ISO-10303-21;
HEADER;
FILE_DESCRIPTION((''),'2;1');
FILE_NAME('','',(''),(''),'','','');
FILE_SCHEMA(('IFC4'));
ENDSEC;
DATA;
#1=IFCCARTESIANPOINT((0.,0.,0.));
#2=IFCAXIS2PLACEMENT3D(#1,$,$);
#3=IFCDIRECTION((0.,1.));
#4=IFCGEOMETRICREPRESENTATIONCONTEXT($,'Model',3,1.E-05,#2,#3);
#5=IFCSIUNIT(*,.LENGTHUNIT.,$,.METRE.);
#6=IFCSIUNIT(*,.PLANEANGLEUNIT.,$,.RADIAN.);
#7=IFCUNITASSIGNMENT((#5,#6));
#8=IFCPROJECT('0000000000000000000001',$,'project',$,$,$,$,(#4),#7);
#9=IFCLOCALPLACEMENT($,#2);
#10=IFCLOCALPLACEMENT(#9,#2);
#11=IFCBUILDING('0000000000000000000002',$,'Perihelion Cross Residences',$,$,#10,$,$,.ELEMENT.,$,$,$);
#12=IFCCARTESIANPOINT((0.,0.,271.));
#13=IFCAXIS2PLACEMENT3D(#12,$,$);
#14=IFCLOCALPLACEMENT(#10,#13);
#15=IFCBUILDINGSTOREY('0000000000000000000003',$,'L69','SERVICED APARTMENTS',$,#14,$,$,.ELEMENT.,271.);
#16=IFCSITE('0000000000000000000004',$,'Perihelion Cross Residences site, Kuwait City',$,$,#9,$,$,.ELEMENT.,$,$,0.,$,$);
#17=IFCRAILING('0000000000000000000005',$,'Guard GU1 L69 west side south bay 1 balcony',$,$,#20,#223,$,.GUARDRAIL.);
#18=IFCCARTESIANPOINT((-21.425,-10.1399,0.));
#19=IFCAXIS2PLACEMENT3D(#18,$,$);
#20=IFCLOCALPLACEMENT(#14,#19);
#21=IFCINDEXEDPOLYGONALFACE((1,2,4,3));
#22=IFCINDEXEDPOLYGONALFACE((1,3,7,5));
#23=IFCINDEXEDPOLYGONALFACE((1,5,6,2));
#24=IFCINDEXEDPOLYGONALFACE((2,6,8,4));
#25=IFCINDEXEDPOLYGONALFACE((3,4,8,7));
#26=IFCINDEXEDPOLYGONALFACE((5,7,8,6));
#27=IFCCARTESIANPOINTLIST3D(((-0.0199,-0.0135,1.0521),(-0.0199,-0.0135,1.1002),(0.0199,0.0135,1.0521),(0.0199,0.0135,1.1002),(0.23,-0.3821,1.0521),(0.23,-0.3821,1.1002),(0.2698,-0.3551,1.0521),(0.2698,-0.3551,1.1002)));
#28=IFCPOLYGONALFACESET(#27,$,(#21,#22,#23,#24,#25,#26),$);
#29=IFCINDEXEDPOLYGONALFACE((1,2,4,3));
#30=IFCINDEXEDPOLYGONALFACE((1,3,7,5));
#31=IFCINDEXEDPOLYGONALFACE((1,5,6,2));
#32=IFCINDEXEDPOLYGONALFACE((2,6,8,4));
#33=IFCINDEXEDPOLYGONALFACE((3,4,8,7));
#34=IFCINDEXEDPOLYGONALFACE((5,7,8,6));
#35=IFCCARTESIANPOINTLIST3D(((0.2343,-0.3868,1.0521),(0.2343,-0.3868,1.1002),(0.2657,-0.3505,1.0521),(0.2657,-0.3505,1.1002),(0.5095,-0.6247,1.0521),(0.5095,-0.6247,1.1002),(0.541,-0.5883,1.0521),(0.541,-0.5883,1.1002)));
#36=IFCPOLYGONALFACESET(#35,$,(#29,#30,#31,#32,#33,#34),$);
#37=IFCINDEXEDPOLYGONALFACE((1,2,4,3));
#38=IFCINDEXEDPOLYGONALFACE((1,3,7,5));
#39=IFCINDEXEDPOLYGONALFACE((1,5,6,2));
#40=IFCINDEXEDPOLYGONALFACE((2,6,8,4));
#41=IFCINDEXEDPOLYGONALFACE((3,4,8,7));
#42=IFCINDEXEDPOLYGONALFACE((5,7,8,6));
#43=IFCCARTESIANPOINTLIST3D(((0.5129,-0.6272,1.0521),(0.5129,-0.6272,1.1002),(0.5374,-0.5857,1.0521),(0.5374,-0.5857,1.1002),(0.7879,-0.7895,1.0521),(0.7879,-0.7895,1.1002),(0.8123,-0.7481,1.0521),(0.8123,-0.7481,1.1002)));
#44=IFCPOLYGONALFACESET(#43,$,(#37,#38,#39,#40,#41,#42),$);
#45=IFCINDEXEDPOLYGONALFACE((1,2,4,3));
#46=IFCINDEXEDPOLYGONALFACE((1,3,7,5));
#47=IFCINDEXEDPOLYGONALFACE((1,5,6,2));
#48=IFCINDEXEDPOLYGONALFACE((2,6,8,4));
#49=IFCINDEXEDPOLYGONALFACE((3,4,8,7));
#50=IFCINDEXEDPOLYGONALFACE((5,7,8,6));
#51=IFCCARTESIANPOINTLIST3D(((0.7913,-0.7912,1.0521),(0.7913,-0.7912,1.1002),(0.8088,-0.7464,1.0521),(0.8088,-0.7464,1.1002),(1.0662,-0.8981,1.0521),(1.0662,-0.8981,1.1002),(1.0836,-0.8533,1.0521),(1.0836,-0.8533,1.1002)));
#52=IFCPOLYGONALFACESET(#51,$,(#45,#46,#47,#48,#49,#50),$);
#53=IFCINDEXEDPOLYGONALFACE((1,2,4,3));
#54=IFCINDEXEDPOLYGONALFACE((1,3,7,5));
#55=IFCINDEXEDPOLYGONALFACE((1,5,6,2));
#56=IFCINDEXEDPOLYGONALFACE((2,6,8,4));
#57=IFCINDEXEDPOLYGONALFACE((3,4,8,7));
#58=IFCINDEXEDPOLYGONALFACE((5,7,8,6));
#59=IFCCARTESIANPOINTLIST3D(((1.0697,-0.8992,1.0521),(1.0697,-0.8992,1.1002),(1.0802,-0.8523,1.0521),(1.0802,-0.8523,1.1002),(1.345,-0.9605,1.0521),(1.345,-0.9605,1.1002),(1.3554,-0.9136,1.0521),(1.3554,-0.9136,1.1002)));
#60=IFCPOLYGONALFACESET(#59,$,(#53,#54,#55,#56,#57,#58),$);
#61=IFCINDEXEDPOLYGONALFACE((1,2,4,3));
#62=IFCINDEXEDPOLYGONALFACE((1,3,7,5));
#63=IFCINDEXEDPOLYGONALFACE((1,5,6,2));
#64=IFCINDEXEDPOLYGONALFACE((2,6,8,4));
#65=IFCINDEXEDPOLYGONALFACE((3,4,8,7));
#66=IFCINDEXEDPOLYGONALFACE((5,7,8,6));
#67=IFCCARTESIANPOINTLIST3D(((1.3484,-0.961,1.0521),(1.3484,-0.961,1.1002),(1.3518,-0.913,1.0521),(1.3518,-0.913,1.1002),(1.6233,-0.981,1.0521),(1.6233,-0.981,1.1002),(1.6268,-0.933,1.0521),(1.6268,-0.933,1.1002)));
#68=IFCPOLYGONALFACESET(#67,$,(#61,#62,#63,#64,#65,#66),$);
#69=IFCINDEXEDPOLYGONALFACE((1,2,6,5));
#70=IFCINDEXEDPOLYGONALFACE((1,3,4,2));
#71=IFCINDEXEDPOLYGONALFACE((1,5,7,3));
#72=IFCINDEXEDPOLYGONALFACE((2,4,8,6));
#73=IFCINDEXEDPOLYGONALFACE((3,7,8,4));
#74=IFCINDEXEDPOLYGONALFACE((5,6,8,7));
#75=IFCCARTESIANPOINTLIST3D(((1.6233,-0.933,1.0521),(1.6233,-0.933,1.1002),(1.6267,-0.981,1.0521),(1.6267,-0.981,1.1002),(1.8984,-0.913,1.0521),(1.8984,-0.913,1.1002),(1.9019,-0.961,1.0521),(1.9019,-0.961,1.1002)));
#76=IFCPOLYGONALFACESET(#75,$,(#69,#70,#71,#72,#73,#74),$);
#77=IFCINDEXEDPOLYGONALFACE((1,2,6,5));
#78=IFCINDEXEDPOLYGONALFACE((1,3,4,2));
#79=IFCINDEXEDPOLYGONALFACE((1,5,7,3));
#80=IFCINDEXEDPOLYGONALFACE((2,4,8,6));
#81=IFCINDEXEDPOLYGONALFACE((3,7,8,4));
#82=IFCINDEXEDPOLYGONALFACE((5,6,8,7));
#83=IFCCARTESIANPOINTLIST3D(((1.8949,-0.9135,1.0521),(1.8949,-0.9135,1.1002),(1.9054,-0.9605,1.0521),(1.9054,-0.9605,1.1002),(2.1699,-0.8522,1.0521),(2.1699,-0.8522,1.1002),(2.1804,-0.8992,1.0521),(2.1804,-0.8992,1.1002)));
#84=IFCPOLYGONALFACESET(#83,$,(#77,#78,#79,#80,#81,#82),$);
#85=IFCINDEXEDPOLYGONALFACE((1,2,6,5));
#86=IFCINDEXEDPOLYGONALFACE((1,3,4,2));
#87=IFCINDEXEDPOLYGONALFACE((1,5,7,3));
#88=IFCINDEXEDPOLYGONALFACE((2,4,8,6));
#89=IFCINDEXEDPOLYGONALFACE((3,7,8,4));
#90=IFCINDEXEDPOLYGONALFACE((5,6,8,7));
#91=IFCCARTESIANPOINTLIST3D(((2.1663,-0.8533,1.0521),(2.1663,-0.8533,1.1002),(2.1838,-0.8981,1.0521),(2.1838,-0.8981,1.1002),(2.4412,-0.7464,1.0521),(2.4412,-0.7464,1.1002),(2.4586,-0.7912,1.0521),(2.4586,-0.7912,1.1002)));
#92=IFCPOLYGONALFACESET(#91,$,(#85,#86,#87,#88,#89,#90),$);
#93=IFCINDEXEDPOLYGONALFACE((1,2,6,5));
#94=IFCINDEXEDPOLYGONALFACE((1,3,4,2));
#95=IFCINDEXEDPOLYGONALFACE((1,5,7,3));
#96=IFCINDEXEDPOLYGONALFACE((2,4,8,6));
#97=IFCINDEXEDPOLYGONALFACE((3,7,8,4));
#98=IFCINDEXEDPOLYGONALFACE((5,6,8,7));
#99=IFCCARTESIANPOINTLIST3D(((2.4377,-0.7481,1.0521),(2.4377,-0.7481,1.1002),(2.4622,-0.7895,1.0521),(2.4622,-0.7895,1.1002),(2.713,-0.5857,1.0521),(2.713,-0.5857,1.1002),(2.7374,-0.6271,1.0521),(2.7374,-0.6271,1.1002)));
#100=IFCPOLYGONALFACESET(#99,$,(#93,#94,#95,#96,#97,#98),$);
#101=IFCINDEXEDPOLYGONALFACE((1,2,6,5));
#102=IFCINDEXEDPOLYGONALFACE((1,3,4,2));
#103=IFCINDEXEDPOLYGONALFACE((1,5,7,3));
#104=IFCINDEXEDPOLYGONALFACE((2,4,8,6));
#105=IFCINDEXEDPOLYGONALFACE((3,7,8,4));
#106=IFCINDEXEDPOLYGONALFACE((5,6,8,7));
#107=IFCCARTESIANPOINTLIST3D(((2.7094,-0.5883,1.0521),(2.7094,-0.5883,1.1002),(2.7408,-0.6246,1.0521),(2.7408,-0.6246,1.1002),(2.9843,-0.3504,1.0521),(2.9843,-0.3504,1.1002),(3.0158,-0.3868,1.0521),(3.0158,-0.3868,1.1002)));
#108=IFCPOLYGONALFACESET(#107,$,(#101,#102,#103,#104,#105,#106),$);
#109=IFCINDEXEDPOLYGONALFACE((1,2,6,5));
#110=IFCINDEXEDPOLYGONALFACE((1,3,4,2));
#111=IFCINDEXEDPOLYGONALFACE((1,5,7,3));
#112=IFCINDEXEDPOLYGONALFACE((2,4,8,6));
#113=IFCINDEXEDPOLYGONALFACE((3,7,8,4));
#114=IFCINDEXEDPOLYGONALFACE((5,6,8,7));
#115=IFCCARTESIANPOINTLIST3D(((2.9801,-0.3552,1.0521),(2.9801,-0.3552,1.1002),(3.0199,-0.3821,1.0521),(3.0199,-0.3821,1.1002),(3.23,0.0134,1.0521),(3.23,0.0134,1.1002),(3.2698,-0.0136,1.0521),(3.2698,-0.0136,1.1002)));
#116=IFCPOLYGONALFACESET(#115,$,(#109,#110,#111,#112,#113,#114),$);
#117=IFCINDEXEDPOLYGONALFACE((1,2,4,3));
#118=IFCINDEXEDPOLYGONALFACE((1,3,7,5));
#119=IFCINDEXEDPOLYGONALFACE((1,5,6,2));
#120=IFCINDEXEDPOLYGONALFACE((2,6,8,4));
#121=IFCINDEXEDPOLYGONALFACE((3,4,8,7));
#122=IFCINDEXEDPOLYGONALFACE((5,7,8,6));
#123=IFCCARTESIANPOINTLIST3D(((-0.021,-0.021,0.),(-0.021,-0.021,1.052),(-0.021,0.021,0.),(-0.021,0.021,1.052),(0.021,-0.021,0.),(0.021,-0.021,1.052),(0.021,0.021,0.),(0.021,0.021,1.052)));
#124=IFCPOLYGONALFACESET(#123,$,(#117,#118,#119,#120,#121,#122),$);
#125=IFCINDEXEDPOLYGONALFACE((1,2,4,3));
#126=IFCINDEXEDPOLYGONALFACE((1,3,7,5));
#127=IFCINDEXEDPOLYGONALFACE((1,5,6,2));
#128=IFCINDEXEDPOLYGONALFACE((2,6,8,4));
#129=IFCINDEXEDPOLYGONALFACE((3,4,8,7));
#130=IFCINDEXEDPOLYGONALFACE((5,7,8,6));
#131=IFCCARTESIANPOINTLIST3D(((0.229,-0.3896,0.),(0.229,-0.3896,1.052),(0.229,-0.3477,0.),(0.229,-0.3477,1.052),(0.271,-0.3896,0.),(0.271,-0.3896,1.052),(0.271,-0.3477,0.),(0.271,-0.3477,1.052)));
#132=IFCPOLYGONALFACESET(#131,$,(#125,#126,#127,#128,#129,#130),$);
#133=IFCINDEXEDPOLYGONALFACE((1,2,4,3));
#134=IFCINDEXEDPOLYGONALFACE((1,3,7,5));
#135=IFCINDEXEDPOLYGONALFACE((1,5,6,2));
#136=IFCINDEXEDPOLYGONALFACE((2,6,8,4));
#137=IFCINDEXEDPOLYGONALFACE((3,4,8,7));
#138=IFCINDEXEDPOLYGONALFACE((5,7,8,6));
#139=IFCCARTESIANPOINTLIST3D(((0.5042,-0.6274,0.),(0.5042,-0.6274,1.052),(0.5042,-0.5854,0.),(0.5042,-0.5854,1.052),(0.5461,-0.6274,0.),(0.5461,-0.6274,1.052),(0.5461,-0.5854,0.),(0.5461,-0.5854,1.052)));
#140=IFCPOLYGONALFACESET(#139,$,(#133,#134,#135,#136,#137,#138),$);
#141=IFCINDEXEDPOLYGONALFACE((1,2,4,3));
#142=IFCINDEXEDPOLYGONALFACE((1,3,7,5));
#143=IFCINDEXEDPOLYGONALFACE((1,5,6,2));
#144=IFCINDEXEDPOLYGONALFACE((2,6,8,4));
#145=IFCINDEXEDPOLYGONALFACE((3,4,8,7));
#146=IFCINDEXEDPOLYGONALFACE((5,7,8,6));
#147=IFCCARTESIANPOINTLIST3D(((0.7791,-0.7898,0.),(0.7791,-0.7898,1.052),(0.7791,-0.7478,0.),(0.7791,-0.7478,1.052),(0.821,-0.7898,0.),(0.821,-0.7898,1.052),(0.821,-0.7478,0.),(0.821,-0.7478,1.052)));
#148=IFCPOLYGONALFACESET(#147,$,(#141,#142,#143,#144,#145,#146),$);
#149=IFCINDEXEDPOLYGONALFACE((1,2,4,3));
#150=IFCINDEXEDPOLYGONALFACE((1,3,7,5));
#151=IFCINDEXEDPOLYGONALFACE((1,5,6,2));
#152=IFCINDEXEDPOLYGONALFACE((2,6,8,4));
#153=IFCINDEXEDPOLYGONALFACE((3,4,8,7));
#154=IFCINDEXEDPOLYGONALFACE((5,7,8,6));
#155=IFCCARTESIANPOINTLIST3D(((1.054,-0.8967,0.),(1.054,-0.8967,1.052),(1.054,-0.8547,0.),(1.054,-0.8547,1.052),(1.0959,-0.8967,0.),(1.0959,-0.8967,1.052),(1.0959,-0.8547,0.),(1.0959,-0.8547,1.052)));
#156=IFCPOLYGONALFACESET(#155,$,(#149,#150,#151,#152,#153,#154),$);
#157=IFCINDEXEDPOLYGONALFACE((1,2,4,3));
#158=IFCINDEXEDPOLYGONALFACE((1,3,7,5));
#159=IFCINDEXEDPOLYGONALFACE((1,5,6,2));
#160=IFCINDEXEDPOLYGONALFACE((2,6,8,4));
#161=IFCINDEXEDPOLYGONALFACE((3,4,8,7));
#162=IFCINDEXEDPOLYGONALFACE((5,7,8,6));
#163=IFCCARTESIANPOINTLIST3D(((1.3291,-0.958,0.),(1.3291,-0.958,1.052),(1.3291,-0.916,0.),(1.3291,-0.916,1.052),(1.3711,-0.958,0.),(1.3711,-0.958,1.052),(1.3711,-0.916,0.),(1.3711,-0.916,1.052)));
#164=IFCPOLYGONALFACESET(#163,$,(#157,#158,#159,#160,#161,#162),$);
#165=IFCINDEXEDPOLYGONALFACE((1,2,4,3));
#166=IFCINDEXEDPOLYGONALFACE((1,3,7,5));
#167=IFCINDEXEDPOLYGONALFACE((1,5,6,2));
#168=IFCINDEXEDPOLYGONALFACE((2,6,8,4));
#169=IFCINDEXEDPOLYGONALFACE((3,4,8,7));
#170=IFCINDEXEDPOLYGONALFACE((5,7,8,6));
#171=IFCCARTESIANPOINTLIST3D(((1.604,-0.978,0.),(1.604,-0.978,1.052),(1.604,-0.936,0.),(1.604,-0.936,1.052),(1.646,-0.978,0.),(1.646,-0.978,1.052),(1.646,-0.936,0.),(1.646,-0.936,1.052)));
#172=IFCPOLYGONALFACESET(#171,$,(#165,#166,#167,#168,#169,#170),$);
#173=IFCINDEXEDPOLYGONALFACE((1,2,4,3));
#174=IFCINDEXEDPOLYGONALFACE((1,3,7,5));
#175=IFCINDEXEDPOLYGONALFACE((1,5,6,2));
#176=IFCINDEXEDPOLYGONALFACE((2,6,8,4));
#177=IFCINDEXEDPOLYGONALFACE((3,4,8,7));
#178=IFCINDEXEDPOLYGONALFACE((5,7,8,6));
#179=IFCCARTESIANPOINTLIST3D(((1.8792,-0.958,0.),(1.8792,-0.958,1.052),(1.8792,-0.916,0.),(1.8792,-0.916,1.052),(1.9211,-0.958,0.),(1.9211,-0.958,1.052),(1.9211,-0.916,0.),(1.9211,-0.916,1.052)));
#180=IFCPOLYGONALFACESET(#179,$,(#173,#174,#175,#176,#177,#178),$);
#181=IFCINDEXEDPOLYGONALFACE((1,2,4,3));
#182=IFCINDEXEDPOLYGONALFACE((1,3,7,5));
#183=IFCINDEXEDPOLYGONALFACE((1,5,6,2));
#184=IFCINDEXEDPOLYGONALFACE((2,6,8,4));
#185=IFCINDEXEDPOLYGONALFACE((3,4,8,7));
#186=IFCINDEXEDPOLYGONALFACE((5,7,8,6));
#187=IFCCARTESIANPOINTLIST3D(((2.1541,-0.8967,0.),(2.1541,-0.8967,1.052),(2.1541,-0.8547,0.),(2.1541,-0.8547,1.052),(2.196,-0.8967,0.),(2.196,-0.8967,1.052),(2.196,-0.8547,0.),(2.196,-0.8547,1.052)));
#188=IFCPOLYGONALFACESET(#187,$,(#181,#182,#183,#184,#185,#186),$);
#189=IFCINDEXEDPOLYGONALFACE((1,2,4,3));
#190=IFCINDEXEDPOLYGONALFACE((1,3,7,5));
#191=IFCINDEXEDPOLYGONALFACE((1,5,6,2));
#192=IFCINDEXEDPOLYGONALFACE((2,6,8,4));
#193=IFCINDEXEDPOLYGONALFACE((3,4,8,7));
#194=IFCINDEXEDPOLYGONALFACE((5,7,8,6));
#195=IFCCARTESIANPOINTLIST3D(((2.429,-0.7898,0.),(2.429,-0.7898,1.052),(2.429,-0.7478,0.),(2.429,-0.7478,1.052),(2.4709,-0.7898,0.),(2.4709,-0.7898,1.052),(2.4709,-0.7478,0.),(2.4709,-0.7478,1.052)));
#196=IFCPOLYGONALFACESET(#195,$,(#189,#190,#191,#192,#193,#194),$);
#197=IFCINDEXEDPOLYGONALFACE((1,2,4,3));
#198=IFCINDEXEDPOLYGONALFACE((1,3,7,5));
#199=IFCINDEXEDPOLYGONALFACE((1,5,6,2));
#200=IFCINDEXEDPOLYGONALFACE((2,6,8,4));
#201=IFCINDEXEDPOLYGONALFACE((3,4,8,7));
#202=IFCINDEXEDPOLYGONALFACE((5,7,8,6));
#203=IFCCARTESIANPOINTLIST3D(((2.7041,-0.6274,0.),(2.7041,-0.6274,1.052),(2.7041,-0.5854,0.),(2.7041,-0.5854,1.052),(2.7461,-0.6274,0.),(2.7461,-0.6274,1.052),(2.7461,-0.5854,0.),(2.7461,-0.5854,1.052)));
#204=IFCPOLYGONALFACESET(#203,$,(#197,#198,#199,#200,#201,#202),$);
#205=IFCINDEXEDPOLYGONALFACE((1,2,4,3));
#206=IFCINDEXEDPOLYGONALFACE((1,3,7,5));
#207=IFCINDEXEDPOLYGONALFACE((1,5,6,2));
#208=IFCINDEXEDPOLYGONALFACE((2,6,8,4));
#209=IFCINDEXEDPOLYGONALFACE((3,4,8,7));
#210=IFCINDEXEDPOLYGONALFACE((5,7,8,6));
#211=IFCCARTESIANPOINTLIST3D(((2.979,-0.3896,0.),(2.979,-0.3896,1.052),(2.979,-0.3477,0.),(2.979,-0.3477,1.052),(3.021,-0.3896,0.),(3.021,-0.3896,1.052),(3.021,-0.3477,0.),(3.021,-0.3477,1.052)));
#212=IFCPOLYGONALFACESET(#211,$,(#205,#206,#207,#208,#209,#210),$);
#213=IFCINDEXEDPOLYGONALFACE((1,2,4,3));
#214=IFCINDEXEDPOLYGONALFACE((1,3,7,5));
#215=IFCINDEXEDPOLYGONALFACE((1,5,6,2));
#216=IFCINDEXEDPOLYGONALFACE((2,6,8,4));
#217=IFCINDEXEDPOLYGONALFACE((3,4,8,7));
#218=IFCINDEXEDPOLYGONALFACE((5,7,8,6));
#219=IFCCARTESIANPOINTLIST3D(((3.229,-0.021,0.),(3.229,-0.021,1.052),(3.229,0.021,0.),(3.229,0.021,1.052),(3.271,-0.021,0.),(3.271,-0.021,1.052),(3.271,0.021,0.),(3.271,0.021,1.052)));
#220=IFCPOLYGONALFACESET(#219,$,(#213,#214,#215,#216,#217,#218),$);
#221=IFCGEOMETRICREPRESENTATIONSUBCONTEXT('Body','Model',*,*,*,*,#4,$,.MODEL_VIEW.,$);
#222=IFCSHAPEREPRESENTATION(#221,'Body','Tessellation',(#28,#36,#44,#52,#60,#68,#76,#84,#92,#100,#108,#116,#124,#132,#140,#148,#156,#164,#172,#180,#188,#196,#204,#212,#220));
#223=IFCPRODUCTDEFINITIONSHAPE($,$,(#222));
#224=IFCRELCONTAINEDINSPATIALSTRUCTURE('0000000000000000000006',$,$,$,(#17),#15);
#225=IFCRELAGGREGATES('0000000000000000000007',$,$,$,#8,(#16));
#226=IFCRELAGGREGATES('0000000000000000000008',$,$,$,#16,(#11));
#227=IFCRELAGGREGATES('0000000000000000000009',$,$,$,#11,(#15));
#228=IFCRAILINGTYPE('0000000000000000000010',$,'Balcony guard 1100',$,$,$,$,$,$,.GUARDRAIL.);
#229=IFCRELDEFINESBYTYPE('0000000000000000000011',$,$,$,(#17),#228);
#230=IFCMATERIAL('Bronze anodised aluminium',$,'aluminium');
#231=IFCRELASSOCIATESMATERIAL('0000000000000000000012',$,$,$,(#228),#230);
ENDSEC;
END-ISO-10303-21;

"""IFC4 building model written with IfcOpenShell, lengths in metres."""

from ifc_helpers import new_model, si_unit, direction, frame, origin, origin_2d, place, context, subcontext, project, spatial, rectangle, extrude, material, type_object, element, save


model = new_model("IFC4")

# Units and contexts
model_context = context("Model", 3, precision=1e-05, world=origin(), true_north=direction((0.0, 1.0)))
body_context = subcontext(model_context, "Body", "Model", "MODEL_VIEW")
ifc_project = project(units=[si_unit("LENGTHUNIT", "METRE"), si_unit("PLANEANGLEUNIT", "RADIAN")], contexts=[model_context])

# Site, building, storey
site_placement = place(None, origin())
site = spatial("IfcSite", under=ifc_project, at=site_placement, Name="Perihelion Cross Residences site, Kuwait City", CompositionType="ELEMENT", RefElevation=0.0)
building_placement = place(site_placement, origin())
building = spatial("IfcBuilding", under=site, at=building_placement, Name="Perihelion Cross Residences", CompositionType="ELEMENT")
storey_placement = place(building_placement, frame((0.0, 0.0, 271.0)))
storey = spatial("IfcBuildingStorey", under=building, at=storey_placement, Name="L69", Description="SERVICED APARTMENTS", CompositionType="ELEMENT", Elevation=271.0)

# Railing
ifc_material_1 = material(Name="Bronze anodised aluminium", Category="aluminium")
railing_type_1 = type_object("IfcRailingType", Name="Balcony guard 1100", PredefinedType="GUARDRAIL", material=ifc_material_1)
railing_1_placement = place(storey_placement, frame((-21.425, -10.1399, 0.0)))
element("IfcRailing", 1, at=railing_1_placement, inside=storey, type_object=railing_type_1, Name="Guard GU1 L69 west side south bay 1 balcony", PredefinedType="GUARDRAIL", context=body_context, shape_type="SweptSolid", body=[
    extrude(rectangle(XDim=0.0481, YDim=0.0481, at=origin_2d()), frame((0.0, 0.0, 1.0762), z_axis=(0.56126, -0.827639, 0.0), x_axis=(0.827639, 0.56126, 0.0)), (0.0, 0.0, 1.0), 0.4453),
    extrude(rectangle(XDim=0.0481, YDim=0.0481, at=origin_2d()), frame((0.25, -0.3687, 1.0762), z_axis=(0.756597, -0.653882, 0.0), x_axis=(0.653882, 0.756597, 0.0)), (0.0, 0.0, 1.0), 0.3638),
    extrude(rectangle(XDim=0.0481, YDim=0.0481, at=origin_2d()), frame((0.5251, -0.6064, 1.0762), z_axis=(0.861048, -0.508523, 0.0), x_axis=(0.508523, 0.861048, 0.0)), (0.0, 0.0, 1.0), 0.3193),
    extrude(rectangle(XDim=0.0481, YDim=0.0481, at=origin_2d()), frame((0.8, -0.7688, 1.0762), z_axis=(0.931974, -0.362526, 0.0), x_axis=(0.362526, 0.931974, 0.0)), (0.0, 0.0, 1.0), 0.2949),
    extrude(rectangle(XDim=0.0481, YDim=0.0481, at=origin_2d()), frame((1.075, -0.8757, 1.0762), z_axis=(0.976085, -0.217389, 0.0), x_axis=(0.217389, 0.976085, 0.0)), (0.0, 0.0, 1.0), 0.282),
    extrude(rectangle(XDim=0.0481, YDim=0.0481, at=origin_2d()), frame((1.3501, -0.937, 1.0762), z_axis=(0.997359, -0.072632, 0.0), x_axis=(0.072632, 0.997359, 0.0)), (0.0, 0.0, 1.0), 0.2756),
    extrude(rectangle(XDim=0.0481, YDim=0.0481, at=origin_2d()), frame((1.625, -0.957, 1.0762), z_axis=(0.997363, 0.072568, 0.0), x_axis=(-0.072568, 0.997363, 0.0)), (0.0, 0.0, 1.0), 0.2759),
    extrude(rectangle(XDim=0.0481, YDim=0.0481, at=origin_2d()), frame((1.9001, -0.937, 1.0762), z_axis=(0.976044, 0.217573, 0.0), x_axis=(-0.217573, 0.976044, 0.0)), (0.0, 0.0, 1.0), 0.2817),
    extrude(rectangle(XDim=0.0481, YDim=0.0481, at=origin_2d()), frame((2.175, -0.8757, 1.0762), z_axis=(0.931974, 0.362526, 0.0), x_axis=(-0.362526, 0.931974, 0.0)), (0.0, 0.0, 1.0), 0.2949),
    extrude(rectangle(XDim=0.0481, YDim=0.0481, at=origin_2d()), frame((2.45, -0.7688, 1.0762), z_axis=(0.861246, 0.508189, 0.0), x_axis=(-0.508189, 0.861246, 0.0)), (0.0, 0.0, 1.0), 0.3196),
    extrude(rectangle(XDim=0.0481, YDim=0.0481, at=origin_2d()), frame((2.7251, -0.6064, 1.0762), z_axis=(0.756309, 0.654214, 0.0), x_axis=(-0.654214, 0.756309, 0.0)), (0.0, 0.0, 1.0), 0.3635),
    extrude(rectangle(XDim=0.0481, YDim=0.0481, at=origin_2d()), frame((3.0, -0.3687, 1.0762), z_axis=(0.56126, 0.827639, 0.0), x_axis=(-0.827639, 0.56126, 0.0)), (0.0, 0.0, 1.0), 0.4453),
    extrude(rectangle(XDim=0.042, YDim=0.042, at=origin_2d()), origin(), (0.0, 0.0, 1.0), 1.052),
    extrude(rectangle(XDim=0.042, YDim=0.042, at=origin_2d()), frame((0.25, -0.3687, 0.0)), (0.0, 0.0, 1.0), 1.052),
    extrude(rectangle(XDim=0.042, YDim=0.042, at=origin_2d()), frame((0.5251, -0.6064, 0.0)), (0.0, 0.0, 1.0), 1.052),
    extrude(rectangle(XDim=0.042, YDim=0.042, at=origin_2d()), frame((0.8, -0.7688, 0.0)), (0.0, 0.0, 1.0), 1.052),
    extrude(rectangle(XDim=0.042, YDim=0.042, at=origin_2d()), frame((1.075, -0.8757, 0.0)), (0.0, 0.0, 1.0), 1.052),
    extrude(rectangle(XDim=0.042, YDim=0.042, at=origin_2d()), frame((1.3501, -0.937, 0.0)), (0.0, 0.0, 1.0), 1.052),
    extrude(rectangle(XDim=0.042, YDim=0.042, at=origin_2d()), frame((1.625, -0.957, 0.0)), (0.0, 0.0, 1.0), 1.052),
    extrude(rectangle(XDim=0.042, YDim=0.042, at=origin_2d()), frame((1.9001, -0.937, 0.0)), (0.0, 0.0, 1.0), 1.052),
    extrude(rectangle(XDim=0.042, YDim=0.042, at=origin_2d()), frame((2.175, -0.8757, 0.0)), (0.0, 0.0, 1.0), 1.052),
    extrude(rectangle(XDim=0.042, YDim=0.042, at=origin_2d()), frame((2.45, -0.7688, 0.0)), (0.0, 0.0, 1.0), 1.052),
    extrude(rectangle(XDim=0.042, YDim=0.042, at=origin_2d()), frame((2.7251, -0.6064, 0.0)), (0.0, 0.0, 1.0), 1.052),
    extrude(rectangle(XDim=0.042, YDim=0.042, at=origin_2d()), frame((3.0, -0.3687, 0.0)), (0.0, 0.0, 1.0), 1.052),
    extrude(rectangle(XDim=0.042, YDim=0.042, at=origin_2d()), frame((3.25, 0.0, 0.0)), (0.0, 0.0, 1.0), 1.052),
])

save(model, "model.ifc")
